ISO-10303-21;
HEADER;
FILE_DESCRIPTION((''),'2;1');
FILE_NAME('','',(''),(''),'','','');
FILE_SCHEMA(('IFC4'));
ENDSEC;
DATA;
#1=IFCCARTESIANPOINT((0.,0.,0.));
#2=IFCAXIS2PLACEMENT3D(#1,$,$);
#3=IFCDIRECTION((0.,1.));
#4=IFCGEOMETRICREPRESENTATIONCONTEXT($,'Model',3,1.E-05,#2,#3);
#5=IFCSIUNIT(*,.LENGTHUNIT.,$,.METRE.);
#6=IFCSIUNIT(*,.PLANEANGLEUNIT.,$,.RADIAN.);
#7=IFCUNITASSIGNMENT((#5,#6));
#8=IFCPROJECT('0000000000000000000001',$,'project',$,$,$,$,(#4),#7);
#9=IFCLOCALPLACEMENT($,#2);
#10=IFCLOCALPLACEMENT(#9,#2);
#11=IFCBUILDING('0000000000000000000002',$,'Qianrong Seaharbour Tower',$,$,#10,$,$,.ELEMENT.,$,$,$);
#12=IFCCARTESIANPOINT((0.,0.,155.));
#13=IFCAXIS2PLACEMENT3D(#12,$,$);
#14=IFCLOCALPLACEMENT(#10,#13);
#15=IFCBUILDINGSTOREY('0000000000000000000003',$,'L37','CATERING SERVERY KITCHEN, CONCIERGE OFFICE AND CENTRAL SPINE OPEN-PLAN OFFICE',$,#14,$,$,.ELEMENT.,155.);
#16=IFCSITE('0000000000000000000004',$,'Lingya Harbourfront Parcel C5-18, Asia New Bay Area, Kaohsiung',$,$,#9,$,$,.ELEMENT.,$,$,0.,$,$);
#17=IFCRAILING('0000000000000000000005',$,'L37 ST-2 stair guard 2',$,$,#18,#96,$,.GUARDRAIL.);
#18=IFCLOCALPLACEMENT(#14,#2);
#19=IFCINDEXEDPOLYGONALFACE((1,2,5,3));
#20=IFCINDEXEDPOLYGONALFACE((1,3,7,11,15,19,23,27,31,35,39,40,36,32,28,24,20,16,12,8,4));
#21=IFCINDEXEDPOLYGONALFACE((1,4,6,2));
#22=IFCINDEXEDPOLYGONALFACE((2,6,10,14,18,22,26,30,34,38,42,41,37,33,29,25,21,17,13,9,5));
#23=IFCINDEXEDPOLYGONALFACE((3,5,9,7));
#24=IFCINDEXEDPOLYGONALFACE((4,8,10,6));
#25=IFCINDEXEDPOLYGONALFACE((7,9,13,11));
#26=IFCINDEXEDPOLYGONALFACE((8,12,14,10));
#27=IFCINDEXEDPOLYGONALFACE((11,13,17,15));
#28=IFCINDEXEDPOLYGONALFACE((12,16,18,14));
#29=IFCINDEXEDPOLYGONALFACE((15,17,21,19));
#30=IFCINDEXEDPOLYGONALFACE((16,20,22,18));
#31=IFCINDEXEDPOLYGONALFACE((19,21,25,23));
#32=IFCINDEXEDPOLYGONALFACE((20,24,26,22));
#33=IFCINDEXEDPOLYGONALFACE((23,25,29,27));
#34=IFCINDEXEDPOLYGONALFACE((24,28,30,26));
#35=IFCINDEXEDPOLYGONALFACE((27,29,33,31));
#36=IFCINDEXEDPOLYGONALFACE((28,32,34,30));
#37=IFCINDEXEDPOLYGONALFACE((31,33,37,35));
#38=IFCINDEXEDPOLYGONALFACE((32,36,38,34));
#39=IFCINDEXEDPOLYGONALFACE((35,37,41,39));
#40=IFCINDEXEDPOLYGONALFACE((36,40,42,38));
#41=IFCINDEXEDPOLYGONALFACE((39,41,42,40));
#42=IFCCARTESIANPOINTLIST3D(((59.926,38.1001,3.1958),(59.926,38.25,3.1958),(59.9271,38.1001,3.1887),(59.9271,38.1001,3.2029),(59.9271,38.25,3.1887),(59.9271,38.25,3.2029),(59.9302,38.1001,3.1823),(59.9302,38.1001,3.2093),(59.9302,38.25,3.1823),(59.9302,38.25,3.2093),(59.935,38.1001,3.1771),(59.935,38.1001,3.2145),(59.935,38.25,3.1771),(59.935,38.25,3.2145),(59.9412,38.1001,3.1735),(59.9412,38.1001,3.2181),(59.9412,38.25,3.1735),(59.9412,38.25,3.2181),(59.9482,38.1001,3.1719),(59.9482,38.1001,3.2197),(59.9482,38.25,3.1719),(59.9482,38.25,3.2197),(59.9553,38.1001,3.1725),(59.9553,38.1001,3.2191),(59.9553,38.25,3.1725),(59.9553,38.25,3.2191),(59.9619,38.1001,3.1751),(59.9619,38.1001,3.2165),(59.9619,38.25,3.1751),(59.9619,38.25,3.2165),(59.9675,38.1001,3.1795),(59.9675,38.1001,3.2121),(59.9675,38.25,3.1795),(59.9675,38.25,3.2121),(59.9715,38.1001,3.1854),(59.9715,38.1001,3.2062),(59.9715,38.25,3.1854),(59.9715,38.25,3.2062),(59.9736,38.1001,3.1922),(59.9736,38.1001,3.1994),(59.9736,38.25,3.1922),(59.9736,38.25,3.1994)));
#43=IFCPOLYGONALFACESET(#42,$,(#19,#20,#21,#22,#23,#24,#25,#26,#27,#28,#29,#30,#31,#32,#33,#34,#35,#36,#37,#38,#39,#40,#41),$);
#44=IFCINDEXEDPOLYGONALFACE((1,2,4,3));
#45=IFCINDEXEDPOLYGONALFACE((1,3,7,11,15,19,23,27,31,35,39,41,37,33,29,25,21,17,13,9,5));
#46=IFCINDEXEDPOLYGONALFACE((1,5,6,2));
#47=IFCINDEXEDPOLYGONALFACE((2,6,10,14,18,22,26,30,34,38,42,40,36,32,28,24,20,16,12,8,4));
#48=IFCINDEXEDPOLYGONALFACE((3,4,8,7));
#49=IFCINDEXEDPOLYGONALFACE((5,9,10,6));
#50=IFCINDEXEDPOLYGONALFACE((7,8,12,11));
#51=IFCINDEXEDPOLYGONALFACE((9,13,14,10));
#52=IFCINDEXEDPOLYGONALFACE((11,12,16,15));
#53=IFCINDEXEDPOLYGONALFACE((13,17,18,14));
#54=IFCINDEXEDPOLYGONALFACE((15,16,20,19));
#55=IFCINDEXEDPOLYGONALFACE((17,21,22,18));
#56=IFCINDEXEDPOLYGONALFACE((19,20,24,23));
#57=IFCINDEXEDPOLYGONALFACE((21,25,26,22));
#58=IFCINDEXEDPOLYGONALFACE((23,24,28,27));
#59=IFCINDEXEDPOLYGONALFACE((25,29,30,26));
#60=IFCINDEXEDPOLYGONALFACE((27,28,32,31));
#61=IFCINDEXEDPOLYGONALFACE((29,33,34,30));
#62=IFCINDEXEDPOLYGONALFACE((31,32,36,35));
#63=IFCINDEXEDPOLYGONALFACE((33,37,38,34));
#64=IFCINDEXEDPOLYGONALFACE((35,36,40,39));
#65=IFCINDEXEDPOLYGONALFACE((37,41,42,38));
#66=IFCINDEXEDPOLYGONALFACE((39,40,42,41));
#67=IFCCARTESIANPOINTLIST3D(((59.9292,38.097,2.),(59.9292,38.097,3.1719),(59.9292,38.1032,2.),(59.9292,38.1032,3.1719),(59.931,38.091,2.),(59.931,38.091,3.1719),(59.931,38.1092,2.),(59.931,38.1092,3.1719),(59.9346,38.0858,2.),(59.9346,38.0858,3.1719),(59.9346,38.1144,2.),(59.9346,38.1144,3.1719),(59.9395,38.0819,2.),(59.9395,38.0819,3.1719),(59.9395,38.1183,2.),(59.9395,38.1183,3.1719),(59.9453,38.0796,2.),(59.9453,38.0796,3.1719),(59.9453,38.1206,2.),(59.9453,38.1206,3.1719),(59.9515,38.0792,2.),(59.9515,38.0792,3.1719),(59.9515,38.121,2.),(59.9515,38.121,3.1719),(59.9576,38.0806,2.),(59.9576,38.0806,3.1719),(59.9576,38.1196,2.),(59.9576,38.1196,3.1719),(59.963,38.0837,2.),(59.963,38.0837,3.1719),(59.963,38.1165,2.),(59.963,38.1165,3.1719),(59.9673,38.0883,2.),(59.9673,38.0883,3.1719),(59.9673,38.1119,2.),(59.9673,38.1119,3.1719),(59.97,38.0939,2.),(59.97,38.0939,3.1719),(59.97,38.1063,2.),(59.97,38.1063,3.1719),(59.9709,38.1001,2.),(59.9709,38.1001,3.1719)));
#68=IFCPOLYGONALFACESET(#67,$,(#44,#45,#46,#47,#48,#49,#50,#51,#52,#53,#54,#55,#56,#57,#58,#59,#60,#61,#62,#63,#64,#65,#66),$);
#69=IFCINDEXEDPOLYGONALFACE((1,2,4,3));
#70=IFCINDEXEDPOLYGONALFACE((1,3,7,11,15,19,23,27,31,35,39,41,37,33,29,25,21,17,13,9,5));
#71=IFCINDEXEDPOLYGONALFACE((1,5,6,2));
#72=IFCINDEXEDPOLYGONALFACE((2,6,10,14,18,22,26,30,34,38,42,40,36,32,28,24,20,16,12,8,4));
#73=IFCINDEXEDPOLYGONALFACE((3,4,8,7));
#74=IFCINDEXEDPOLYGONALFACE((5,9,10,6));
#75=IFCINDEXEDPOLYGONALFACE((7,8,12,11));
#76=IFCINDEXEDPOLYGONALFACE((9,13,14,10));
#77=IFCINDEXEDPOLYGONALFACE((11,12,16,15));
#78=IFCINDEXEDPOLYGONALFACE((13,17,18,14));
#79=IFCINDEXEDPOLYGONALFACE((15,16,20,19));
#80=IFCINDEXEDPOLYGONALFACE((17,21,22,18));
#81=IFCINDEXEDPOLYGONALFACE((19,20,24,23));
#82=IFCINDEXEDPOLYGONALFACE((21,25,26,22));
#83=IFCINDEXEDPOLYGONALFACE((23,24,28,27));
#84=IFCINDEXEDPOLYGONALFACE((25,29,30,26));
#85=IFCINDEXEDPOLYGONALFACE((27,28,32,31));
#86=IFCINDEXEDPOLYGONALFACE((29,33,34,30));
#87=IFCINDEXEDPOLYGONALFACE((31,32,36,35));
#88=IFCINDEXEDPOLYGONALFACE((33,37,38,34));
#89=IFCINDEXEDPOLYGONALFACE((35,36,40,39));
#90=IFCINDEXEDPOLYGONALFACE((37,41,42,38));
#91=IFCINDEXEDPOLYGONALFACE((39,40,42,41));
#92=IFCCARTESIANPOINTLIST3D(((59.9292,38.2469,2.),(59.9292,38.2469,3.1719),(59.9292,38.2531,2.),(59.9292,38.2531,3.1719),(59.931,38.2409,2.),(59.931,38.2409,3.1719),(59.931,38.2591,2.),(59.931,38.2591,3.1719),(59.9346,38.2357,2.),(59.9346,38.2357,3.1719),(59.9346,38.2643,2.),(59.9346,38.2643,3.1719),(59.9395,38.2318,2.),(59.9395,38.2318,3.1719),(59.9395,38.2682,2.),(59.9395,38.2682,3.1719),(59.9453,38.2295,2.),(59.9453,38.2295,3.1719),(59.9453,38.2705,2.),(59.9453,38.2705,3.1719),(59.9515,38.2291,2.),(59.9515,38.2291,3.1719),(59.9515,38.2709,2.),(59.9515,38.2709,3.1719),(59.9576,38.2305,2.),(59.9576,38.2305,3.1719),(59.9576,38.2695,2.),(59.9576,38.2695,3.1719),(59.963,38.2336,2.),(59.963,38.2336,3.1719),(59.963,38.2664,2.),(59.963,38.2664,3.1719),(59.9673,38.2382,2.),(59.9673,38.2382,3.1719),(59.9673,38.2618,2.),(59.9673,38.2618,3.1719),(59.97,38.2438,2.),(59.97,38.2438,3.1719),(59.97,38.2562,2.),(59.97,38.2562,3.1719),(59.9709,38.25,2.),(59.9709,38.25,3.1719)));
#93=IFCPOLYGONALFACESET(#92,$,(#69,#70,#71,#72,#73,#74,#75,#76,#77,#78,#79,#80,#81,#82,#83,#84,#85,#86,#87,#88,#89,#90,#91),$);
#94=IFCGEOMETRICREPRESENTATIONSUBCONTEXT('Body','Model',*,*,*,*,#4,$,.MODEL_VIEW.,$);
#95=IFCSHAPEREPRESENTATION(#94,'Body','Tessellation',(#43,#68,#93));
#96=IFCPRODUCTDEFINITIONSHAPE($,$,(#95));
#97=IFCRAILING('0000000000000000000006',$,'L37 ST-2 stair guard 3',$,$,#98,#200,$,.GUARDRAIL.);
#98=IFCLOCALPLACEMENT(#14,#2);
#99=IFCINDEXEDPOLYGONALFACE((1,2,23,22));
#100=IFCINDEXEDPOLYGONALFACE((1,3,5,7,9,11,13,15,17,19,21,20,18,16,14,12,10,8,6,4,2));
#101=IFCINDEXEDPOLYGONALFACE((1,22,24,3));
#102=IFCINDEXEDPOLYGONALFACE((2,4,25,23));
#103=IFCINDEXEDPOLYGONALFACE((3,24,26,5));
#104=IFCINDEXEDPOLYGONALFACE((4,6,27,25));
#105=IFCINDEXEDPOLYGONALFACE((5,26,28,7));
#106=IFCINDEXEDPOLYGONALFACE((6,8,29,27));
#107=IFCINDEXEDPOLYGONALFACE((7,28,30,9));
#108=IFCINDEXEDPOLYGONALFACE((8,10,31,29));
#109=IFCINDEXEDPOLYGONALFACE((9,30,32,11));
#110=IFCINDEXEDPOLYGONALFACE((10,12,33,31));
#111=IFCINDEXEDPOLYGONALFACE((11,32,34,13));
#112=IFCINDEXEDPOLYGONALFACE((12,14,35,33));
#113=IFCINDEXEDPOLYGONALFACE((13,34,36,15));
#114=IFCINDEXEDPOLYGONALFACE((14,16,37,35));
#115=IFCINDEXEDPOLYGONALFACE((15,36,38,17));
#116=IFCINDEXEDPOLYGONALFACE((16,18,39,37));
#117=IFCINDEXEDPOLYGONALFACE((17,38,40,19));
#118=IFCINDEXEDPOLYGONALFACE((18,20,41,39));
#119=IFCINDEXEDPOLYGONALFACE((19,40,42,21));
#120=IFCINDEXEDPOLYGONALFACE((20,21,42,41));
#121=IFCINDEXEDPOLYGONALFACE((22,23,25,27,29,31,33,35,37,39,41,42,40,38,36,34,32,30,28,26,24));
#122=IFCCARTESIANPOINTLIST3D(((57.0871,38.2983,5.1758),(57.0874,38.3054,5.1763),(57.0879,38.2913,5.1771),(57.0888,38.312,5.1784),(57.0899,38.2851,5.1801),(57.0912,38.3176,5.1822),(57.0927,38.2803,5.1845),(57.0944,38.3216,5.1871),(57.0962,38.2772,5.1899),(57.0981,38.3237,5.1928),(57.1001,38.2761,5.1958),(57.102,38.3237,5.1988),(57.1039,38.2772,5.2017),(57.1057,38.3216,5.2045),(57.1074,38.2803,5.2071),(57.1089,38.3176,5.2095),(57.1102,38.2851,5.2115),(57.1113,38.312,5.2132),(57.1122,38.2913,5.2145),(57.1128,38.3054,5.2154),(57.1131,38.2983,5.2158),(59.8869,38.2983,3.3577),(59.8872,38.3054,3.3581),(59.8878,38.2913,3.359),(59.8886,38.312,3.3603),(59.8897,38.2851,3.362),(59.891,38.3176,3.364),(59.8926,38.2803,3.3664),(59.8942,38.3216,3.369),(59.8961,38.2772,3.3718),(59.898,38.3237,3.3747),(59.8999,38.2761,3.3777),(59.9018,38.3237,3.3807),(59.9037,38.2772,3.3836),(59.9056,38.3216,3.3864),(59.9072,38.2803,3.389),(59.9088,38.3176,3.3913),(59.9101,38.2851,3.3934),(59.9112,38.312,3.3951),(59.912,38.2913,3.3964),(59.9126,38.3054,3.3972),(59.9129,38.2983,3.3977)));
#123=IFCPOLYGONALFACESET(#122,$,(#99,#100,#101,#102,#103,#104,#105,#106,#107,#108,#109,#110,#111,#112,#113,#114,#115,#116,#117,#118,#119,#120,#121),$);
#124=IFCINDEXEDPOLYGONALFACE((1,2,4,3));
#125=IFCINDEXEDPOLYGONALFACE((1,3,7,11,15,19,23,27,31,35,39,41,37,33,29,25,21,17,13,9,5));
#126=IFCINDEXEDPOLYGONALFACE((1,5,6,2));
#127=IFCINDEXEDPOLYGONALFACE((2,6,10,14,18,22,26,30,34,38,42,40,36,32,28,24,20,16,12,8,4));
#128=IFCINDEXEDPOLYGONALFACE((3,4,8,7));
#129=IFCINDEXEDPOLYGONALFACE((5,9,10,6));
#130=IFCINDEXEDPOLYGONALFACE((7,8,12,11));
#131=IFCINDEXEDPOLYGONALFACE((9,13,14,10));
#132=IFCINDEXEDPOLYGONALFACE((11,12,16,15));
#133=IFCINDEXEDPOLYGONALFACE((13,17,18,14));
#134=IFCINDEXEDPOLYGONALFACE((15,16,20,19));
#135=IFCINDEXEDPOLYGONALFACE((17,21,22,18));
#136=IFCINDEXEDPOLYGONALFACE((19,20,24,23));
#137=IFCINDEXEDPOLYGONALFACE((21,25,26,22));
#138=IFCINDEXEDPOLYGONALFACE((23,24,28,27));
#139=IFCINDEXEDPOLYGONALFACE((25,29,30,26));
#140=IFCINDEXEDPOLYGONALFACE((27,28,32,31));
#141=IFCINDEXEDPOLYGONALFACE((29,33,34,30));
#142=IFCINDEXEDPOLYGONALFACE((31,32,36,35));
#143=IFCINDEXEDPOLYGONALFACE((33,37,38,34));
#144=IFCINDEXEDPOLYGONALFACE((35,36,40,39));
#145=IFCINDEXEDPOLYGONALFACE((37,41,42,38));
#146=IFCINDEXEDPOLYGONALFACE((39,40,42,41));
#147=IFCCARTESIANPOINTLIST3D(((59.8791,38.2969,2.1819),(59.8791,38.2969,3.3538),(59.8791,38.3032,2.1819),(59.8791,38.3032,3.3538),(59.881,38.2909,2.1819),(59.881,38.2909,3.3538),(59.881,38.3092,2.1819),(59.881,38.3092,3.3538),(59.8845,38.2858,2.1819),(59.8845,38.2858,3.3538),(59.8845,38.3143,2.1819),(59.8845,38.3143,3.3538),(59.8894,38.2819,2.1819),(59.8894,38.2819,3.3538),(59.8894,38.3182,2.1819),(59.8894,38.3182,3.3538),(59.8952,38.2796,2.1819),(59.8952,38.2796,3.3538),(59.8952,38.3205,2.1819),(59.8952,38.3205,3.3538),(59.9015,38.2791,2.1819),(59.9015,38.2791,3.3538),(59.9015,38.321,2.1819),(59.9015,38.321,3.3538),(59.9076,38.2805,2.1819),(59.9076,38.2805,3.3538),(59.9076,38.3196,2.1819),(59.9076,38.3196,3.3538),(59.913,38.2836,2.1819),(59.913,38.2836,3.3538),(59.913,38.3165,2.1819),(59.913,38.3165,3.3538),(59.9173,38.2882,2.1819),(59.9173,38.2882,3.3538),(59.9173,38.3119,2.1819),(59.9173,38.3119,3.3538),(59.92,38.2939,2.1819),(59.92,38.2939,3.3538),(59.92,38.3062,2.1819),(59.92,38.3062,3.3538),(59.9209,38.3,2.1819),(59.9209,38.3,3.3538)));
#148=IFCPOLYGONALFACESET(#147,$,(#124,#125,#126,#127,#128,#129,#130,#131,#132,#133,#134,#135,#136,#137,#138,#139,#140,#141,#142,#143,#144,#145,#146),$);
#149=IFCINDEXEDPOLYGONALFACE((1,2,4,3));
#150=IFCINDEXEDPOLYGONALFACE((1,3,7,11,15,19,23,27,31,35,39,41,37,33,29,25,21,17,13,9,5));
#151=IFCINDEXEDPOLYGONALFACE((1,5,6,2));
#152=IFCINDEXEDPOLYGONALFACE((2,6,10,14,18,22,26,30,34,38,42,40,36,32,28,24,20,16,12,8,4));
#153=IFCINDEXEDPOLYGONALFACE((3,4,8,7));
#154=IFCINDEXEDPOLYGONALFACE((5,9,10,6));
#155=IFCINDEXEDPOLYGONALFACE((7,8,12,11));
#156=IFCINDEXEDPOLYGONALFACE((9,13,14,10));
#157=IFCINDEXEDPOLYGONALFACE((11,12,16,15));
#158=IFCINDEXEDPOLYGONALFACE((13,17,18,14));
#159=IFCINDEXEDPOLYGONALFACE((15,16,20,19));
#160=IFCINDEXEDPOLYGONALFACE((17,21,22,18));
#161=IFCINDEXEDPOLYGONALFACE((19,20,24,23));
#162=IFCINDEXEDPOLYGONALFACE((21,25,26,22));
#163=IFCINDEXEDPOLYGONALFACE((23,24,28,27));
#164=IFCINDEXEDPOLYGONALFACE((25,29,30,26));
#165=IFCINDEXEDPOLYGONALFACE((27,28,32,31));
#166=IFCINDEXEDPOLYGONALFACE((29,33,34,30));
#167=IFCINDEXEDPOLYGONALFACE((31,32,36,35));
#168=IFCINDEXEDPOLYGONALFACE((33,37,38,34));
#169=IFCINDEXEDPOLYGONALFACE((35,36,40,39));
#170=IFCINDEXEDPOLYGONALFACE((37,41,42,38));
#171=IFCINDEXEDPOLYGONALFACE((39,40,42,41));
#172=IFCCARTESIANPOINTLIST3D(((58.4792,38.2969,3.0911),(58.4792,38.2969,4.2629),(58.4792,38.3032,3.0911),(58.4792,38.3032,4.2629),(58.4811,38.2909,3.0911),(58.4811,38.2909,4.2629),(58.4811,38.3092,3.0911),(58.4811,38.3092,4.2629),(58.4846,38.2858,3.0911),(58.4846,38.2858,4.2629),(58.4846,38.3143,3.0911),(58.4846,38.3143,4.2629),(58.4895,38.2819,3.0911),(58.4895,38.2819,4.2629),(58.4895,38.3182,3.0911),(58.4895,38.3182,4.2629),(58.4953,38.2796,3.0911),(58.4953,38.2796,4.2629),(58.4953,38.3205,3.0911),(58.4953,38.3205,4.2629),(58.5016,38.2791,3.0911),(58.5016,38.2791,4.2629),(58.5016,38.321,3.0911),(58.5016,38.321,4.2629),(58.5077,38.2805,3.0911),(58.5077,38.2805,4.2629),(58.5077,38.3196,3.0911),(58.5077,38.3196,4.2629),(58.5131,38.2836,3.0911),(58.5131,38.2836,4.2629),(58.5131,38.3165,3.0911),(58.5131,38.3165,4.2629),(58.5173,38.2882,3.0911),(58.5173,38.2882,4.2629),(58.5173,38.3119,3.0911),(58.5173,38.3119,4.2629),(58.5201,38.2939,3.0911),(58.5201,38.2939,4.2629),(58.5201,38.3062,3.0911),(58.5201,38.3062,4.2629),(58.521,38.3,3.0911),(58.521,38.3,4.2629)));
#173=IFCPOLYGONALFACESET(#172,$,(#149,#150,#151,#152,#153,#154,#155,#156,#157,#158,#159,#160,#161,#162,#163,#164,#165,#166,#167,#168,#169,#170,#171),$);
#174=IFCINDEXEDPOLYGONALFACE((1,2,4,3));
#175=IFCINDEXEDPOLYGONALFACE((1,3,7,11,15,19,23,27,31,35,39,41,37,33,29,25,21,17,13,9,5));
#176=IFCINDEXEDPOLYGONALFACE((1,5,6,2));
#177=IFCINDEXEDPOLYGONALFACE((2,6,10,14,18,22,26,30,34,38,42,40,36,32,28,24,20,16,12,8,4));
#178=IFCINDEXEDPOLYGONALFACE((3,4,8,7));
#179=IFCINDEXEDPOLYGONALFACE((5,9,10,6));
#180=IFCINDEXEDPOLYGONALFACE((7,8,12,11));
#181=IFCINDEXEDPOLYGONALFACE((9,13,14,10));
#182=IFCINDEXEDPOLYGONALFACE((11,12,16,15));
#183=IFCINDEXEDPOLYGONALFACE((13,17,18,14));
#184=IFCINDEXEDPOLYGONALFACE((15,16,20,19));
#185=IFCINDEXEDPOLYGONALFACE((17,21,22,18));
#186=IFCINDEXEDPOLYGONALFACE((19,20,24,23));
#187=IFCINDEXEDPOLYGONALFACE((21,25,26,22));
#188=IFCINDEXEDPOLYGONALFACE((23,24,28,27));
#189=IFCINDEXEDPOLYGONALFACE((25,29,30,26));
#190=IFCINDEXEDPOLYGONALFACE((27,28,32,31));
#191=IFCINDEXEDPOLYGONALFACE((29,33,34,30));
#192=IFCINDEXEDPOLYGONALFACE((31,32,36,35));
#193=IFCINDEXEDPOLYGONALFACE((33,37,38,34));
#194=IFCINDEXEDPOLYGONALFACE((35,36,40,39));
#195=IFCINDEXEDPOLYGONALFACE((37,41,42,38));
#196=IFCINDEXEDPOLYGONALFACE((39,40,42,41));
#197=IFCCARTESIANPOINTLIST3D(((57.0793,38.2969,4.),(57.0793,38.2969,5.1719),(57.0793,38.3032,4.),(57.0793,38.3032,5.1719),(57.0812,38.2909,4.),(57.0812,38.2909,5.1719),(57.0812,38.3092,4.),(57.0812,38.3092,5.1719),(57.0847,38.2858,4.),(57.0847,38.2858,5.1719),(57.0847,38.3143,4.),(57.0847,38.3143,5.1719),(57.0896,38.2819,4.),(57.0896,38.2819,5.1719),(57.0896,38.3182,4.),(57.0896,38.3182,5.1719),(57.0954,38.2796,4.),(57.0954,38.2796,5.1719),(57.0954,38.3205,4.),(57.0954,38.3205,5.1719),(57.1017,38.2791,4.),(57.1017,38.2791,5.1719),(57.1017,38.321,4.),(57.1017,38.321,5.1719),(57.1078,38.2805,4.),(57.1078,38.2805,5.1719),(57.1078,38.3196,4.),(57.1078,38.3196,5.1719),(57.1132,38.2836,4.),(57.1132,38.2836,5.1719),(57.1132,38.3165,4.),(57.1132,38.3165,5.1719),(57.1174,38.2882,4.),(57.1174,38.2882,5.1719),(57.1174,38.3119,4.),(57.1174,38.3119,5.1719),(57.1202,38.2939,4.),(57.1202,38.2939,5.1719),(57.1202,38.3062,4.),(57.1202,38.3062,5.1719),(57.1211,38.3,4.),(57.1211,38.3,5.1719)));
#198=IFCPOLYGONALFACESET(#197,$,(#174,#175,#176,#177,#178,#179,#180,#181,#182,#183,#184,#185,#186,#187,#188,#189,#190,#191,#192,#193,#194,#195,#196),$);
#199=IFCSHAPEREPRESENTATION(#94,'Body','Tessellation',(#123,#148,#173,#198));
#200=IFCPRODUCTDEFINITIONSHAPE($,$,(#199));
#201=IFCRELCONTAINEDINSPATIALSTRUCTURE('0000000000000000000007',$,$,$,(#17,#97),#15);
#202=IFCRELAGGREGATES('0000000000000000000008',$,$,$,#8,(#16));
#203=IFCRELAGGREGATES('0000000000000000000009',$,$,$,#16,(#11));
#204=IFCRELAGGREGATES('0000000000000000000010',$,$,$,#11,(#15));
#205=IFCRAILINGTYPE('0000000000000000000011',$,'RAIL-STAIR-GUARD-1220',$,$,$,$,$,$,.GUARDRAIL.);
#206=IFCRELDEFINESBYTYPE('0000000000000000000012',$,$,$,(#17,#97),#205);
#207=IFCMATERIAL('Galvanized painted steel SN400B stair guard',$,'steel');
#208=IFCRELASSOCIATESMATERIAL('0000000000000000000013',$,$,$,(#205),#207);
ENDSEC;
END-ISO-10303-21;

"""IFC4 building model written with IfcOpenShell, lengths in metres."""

from ifc_helpers import new_model, si_unit, direction, frame, origin, origin_2d, place, context, subcontext, project, spatial, circle, extrude, material, type_object, element, save


model = new_model("IFC4")

# Units and contexts
model_context = context("Model", 3, precision=1e-05, world=origin(), true_north=direction((0.0, 1.0)))
body_context = subcontext(model_context, "Body", "Model", "MODEL_VIEW")
ifc_project = project(units=[si_unit("LENGTHUNIT", "METRE"), si_unit("PLANEANGLEUNIT", "RADIAN")], contexts=[model_context])

# Site, building, storey
site_placement = place(None, origin())
site = spatial("IfcSite", under=ifc_project, at=site_placement, Name="Lingya Harbourfront Parcel C5-18, Asia New Bay Area, Kaohsiung", CompositionType="ELEMENT", RefElevation=0.0)
building_placement = place(site_placement, origin())
building = spatial("IfcBuilding", under=site, at=building_placement, Name="Qianrong Seaharbour Tower", CompositionType="ELEMENT")
storey_placement = place(building_placement, frame((0.0, 0.0, 155.0)))
storey = spatial("IfcBuildingStorey", under=building, at=storey_placement, Name="L37", Description="CATERING SERVERY KITCHEN, CONCIERGE OFFICE AND CENTRAL SPINE OPEN-PLAN OFFICE", CompositionType="ELEMENT", Elevation=155.0)

# Railings
ifc_material_1 = material(Name="Galvanized painted steel SN400B stair guard", Category="steel")
railing_type_1 = type_object("IfcRailingType", Name="RAIL-STAIR-GUARD-1220", PredefinedType="GUARDRAIL", material=ifc_material_1)
railing_1_placement = place(storey_placement, frame((59.95, 38.1001, 2.0)))
element("IfcRailing", 1, at=railing_1_placement, inside=storey, type_object=railing_type_1, Name="L37 ST-2 stair guard 2", PredefinedType="GUARDRAIL", context=body_context, shape_type="SweptSolid", body=[
    extrude(circle(Radius=0.0239, at=origin_2d()), frame((0.0, 0.0, 1.1958), z_axis=(0.0, 1.0, 0.0), x_axis=(-1.0, 0.0, 0.0)), (0.0, 0.0, 1.0), 0.1499),
    extrude(circle(Radius=0.021, at=origin_2d()), origin(), (0.0, 0.0, 1.0), 1.1719),
    extrude(circle(Radius=0.021, at=origin_2d()), frame((0.0, 0.1499, 0.0)), (0.0, 0.0, 1.0), 1.1719),
])
railing_2_placement = place(storey_placement, frame((59.8999, 38.3, 2.1819)))
element("IfcRailing", 2, at=railing_2_placement, inside=storey, type_object=railing_type_1, Name="L37 ST-2 stair guard 3", PredefinedType="GUARDRAIL", context=body_context, shape_type="SweptSolid", body=[
    extrude(circle(Radius=0.0239, at=origin_2d()), frame((0.0, 0.0, 1.1958), z_axis=(-0.838684, 0.0, 0.544618), x_axis=(0.0, -1.0, 0.0)), (0.0, 0.0, 1.0), 3.3384),
    extrude(circle(Radius=0.021, at=origin_2d()), origin(), (0.0, 0.0, 1.0), 1.1719),
    extrude(circle(Radius=0.021, at=origin_2d()), frame((-1.3999, 0.0, 0.9092)), (0.0, 0.0, 1.0), 1.1719),
    extrude(circle(Radius=0.021, at=origin_2d()), frame((-2.7998, 0.0, 1.8181)), (0.0, 0.0, 1.0), 1.1719),
])

save(model, "model.ifc")
